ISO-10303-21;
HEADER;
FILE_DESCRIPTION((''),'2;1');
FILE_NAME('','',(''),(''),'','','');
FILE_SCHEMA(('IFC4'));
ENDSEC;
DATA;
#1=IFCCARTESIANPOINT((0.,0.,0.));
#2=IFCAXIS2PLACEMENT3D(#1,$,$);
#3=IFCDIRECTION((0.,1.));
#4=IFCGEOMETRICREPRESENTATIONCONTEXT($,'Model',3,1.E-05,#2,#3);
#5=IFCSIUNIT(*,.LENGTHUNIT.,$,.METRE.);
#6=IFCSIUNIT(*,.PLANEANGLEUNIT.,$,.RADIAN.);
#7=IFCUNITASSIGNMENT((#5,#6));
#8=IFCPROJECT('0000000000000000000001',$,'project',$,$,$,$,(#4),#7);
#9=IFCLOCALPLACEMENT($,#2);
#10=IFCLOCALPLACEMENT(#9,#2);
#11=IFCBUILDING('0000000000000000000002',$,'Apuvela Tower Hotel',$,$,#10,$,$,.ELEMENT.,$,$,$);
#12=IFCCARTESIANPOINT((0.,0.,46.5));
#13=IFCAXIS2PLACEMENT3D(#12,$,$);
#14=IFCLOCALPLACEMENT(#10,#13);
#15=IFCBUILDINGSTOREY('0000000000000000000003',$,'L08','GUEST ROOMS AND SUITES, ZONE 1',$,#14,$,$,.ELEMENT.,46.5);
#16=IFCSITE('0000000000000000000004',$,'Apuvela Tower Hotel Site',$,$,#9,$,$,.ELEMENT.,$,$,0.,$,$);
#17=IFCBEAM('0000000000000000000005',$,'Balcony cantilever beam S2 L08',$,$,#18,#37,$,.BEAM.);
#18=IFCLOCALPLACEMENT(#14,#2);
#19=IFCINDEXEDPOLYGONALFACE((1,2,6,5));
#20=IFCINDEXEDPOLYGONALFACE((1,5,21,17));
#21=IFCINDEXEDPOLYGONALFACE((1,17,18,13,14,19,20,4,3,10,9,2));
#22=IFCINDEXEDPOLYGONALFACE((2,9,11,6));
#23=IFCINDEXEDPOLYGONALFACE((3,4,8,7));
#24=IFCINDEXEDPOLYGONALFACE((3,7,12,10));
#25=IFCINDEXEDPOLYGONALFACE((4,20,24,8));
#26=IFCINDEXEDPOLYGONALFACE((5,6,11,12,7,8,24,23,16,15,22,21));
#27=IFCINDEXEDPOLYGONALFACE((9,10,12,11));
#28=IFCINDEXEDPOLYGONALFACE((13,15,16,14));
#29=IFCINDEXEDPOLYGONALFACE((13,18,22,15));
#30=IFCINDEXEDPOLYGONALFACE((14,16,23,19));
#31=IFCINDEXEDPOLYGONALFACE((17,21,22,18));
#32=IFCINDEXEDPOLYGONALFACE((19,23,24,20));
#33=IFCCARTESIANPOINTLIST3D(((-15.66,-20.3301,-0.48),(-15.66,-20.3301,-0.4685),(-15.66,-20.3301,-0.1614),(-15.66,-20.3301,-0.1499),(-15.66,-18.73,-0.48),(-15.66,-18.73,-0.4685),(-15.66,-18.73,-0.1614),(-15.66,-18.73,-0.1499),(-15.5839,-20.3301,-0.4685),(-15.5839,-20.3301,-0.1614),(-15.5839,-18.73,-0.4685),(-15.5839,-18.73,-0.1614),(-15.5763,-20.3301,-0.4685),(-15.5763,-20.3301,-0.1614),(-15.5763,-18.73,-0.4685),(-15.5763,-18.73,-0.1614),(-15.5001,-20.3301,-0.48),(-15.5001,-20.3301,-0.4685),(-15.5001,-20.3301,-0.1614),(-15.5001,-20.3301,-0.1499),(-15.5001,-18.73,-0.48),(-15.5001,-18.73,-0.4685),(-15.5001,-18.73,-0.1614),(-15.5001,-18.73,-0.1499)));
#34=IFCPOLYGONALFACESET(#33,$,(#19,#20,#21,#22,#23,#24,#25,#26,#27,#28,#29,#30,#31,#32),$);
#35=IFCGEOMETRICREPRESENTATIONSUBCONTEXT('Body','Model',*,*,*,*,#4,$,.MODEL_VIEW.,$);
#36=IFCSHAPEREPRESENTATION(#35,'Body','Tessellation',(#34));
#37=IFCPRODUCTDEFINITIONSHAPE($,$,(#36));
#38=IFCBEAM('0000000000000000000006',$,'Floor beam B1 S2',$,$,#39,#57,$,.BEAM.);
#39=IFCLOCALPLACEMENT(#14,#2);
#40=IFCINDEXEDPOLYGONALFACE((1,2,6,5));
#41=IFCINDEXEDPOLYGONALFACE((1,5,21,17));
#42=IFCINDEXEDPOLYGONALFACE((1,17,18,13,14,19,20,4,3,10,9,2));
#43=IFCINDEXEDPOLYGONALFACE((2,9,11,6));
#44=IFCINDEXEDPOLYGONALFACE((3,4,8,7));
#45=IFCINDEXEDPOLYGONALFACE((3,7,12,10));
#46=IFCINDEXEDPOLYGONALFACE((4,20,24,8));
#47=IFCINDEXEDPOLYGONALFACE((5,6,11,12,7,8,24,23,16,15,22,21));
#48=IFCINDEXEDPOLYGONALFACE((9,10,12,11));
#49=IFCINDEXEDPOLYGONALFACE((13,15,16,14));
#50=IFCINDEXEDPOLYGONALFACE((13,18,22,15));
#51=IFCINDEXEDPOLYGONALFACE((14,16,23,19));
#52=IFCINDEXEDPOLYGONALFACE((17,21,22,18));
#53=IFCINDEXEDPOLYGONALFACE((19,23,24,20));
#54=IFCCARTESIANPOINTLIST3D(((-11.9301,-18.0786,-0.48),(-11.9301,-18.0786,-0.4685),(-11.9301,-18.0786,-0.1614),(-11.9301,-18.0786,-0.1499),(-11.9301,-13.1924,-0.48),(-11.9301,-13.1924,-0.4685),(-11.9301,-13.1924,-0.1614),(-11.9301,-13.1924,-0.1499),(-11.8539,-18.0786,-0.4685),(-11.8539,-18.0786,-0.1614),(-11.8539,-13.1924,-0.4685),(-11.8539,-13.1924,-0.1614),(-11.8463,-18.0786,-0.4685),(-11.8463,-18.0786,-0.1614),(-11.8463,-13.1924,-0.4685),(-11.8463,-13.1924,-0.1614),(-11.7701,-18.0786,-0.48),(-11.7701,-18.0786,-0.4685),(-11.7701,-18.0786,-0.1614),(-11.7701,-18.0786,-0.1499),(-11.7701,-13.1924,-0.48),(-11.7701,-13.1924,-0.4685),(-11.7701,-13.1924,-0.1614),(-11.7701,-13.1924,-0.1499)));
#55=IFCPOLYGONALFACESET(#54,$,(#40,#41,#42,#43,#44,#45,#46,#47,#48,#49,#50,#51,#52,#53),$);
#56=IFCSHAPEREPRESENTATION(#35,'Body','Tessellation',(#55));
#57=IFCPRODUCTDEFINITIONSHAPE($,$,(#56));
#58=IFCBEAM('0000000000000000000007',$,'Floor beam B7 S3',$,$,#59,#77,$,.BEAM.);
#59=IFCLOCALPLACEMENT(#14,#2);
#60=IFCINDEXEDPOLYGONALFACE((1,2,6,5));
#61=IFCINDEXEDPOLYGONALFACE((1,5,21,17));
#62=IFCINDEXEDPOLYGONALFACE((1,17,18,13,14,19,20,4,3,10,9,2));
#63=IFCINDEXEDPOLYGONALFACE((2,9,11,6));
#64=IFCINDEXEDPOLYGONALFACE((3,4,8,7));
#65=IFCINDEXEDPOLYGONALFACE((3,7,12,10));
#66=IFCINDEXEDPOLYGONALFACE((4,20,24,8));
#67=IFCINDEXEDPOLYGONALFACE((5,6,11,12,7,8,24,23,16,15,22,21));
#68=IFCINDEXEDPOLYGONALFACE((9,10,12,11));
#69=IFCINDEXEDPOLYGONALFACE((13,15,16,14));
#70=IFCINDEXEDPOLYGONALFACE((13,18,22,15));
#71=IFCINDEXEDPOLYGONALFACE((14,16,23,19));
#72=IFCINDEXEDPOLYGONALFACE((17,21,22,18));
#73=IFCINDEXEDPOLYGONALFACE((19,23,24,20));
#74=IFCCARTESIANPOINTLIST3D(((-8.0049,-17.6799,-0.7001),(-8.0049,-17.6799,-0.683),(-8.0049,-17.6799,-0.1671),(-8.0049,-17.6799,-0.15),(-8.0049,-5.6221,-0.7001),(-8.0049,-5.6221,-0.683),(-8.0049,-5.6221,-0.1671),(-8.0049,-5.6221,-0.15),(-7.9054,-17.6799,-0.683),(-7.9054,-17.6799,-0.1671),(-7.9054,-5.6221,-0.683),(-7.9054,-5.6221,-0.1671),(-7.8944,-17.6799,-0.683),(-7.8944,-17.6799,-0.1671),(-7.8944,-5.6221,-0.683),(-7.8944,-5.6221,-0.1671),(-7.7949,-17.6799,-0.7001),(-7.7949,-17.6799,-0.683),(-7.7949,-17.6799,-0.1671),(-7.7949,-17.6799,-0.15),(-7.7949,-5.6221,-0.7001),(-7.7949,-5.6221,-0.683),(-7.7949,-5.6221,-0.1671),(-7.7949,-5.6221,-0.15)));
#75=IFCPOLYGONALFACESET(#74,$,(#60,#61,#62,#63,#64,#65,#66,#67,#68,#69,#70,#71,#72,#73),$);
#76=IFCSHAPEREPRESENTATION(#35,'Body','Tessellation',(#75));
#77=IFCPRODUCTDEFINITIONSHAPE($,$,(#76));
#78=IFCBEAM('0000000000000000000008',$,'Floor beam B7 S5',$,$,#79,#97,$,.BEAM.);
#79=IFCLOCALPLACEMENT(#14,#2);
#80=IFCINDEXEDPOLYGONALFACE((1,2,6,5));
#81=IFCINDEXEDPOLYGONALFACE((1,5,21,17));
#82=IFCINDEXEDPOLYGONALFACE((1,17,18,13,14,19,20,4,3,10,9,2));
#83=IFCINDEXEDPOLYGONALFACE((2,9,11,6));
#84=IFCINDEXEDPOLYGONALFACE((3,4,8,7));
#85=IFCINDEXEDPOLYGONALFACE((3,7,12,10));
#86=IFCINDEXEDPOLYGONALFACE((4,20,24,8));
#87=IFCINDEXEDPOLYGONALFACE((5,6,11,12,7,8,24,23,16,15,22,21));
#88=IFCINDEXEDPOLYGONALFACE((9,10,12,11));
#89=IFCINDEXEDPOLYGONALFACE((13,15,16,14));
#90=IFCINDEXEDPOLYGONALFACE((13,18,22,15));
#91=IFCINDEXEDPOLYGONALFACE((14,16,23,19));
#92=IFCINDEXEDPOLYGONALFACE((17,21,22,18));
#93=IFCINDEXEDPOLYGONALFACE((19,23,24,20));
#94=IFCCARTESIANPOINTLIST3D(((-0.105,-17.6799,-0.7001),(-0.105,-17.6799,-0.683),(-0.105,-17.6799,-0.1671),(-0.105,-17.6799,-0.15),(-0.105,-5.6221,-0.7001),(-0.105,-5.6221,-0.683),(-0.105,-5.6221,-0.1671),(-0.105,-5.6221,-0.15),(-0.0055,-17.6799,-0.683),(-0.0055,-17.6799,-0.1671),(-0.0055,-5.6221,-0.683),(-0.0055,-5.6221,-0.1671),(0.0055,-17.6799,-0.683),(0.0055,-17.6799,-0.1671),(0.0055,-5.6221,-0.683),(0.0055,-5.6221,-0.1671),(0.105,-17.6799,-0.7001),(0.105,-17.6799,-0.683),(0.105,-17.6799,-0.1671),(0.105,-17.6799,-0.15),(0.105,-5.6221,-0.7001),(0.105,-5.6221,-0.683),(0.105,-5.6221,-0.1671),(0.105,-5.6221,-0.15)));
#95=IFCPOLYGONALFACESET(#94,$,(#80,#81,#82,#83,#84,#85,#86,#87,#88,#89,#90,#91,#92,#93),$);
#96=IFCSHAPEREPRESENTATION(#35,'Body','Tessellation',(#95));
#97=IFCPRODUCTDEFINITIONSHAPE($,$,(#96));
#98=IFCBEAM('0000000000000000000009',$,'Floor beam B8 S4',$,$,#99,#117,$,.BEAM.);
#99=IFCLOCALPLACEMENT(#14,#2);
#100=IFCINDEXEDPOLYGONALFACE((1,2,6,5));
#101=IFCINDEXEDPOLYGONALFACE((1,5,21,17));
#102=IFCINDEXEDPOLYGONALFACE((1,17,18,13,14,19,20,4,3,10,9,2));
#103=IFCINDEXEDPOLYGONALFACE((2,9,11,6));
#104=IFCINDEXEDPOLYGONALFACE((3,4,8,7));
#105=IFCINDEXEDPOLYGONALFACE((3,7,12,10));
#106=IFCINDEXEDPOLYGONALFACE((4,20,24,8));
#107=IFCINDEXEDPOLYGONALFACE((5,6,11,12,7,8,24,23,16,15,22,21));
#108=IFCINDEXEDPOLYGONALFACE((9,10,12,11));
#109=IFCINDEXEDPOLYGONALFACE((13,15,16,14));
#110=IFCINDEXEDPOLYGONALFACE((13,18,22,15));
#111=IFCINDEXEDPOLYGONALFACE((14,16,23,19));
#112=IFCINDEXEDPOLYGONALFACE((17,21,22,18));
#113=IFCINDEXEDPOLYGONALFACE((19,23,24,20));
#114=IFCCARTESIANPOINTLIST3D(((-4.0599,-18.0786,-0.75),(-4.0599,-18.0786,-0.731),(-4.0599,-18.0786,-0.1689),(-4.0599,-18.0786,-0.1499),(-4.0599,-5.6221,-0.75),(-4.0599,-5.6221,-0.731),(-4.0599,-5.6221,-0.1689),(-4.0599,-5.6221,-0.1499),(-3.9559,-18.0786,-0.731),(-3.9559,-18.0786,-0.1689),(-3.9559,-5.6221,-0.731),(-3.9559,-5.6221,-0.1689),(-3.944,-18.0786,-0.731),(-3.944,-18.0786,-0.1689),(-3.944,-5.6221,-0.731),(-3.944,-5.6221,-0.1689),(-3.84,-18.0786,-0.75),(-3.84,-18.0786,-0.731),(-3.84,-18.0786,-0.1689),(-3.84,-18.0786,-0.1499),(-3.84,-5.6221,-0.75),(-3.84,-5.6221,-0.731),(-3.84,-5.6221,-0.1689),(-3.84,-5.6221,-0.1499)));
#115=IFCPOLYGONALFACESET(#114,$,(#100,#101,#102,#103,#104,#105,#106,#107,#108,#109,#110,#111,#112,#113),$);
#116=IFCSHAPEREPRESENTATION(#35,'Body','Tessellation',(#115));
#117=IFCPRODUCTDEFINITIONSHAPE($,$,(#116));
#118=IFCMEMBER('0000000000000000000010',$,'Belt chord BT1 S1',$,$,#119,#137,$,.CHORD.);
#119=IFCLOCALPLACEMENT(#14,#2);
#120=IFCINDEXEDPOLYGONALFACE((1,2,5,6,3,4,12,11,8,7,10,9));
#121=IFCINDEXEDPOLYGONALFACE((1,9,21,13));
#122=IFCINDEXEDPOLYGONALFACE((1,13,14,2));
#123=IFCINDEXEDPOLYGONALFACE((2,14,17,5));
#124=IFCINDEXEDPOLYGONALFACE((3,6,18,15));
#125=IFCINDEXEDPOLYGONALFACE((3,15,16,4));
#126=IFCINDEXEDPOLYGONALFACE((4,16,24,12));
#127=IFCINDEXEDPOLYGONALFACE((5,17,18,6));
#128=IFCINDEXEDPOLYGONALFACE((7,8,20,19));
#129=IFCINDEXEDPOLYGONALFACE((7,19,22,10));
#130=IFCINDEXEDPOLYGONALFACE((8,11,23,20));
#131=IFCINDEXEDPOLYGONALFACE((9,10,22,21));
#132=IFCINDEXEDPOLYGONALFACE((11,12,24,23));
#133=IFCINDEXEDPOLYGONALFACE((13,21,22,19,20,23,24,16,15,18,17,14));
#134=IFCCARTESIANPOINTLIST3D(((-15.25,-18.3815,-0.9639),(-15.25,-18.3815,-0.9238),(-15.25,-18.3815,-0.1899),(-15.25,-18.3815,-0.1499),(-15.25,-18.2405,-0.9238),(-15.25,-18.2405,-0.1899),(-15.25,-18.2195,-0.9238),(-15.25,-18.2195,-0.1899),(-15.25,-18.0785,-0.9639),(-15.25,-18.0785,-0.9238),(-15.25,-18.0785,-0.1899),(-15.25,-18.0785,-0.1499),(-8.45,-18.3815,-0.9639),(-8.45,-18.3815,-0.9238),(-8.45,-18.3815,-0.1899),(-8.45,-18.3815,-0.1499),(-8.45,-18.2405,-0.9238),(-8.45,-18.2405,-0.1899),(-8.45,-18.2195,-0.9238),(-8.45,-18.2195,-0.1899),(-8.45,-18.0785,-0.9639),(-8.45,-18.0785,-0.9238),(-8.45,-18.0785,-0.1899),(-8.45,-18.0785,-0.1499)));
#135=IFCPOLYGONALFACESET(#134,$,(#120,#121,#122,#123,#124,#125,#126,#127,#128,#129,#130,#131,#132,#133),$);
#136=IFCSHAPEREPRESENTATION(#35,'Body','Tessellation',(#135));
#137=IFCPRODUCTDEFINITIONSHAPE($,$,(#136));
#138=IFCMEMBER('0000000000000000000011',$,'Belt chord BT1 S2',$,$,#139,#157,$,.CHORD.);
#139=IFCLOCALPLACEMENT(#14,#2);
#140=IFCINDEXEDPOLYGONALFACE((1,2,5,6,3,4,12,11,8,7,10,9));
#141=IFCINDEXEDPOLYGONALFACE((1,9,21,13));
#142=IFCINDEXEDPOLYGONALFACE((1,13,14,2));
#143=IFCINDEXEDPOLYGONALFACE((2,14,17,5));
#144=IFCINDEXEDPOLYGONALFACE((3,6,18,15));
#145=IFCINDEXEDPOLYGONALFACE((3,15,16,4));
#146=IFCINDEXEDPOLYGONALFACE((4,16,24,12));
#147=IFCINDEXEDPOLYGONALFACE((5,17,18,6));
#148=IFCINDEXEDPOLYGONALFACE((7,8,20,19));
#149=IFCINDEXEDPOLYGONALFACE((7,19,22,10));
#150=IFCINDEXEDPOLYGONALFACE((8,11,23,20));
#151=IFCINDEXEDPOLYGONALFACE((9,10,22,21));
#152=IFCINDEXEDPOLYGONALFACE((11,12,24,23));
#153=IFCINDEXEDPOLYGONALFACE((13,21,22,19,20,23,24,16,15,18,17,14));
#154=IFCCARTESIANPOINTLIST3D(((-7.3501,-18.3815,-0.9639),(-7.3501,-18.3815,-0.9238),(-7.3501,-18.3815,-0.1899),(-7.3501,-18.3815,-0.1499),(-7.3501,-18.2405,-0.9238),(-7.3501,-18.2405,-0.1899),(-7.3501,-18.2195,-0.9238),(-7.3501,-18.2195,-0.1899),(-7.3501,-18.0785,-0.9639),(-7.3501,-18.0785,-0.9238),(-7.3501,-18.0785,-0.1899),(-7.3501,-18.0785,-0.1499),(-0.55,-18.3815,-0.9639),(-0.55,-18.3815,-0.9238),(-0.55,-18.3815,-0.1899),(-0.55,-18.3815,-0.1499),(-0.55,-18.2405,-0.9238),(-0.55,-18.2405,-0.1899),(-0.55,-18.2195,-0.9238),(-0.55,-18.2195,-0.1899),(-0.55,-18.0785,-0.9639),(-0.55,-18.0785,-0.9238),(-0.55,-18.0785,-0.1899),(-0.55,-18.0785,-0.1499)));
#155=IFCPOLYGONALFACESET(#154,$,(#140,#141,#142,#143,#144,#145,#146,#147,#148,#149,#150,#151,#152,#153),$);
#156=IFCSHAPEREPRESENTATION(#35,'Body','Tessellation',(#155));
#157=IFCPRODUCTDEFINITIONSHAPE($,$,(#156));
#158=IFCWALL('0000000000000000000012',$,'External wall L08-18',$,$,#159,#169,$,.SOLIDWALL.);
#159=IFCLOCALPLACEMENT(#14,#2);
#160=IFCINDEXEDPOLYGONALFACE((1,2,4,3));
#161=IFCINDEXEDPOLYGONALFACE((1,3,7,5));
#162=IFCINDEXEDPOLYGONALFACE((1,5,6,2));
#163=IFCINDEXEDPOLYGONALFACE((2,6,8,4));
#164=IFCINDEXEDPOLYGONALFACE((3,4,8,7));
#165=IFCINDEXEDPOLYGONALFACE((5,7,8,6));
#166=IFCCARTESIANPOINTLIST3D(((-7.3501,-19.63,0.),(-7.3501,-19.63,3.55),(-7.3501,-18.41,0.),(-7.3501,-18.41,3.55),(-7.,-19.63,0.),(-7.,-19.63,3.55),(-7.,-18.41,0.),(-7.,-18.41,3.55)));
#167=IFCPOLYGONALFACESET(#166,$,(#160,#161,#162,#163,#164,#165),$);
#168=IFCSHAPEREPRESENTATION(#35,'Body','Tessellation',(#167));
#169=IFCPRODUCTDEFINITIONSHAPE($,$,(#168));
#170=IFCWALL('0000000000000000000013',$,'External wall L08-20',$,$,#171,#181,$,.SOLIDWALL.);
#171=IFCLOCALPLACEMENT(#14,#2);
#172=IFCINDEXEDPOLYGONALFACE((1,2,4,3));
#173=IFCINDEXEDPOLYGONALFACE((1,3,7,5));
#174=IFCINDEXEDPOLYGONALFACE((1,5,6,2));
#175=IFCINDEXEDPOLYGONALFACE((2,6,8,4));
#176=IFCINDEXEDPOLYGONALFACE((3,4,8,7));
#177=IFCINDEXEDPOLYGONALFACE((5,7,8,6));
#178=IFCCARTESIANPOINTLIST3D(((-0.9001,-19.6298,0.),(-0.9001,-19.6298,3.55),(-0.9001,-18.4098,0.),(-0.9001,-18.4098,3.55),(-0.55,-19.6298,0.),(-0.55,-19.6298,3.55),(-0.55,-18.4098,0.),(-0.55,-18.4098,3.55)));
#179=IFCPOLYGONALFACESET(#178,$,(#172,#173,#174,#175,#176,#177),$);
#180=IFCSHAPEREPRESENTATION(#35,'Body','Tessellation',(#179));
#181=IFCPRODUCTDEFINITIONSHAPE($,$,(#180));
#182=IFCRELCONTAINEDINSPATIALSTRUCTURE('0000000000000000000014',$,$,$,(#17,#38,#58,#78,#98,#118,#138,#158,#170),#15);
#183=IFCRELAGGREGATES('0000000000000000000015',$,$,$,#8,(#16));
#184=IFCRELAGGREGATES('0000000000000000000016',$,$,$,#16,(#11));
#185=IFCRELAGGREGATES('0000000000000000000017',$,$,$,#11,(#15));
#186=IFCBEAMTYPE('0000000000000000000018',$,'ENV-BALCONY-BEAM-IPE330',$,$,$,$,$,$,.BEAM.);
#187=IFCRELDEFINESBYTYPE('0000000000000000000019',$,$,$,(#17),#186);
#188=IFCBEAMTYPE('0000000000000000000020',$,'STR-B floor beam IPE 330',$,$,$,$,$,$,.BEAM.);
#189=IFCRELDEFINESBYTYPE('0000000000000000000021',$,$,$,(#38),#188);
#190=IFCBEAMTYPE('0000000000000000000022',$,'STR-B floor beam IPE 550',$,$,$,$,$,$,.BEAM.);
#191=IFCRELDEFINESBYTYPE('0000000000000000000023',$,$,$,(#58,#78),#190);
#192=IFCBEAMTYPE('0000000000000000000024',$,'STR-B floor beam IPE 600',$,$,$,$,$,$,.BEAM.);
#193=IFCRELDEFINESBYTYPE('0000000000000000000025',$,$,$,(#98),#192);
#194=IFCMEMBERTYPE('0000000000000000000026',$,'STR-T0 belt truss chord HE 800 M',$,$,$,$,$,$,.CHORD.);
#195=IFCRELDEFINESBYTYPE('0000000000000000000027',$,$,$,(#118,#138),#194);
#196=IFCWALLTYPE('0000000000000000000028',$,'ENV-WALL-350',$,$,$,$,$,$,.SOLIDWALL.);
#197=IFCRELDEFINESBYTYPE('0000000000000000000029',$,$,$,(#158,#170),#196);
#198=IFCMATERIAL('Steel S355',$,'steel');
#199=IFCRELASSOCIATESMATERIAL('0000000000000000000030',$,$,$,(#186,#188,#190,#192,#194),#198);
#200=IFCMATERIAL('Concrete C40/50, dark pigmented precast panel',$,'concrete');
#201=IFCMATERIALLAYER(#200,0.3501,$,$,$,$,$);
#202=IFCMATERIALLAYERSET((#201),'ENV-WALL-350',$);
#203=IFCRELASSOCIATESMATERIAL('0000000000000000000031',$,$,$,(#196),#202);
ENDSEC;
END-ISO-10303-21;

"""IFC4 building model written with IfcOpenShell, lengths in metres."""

from ifc_helpers import new_model, si_unit, direction, frame, frame_2d, origin, origin_2d, place, context, subcontext, project, spatial, rectangle, i_section, extrude, material, layer, layer_set, material_profile, profile_set, type_object, element, save


model = new_model("IFC4")

# Units and contexts
model_context = context("Model", 3, precision=1e-05, world=origin(), true_north=direction((0.0, 1.0)))
body_context = subcontext(model_context, "Body", "Model", "MODEL_VIEW")
ifc_project = project(units=[si_unit("LENGTHUNIT", "METRE"), si_unit("PLANEANGLEUNIT", "RADIAN")], contexts=[model_context])

# Site, building, storey
site_placement = place(None, origin())
site = spatial("IfcSite", under=ifc_project, at=site_placement, Name="Apuvela Tower Hotel Site", CompositionType="ELEMENT", RefElevation=0.0)
building_placement = place(site_placement, origin())
building = spatial("IfcBuilding", under=site, at=building_placement, Name="Apuvela Tower Hotel", CompositionType="ELEMENT")
storey_placement = place(building_placement, frame((0.0, 0.0, 46.5)))
storey = spatial("IfcBuildingStorey", under=building, at=storey_placement, Name="L08", Description="GUEST ROOMS AND SUITES, ZONE 1", CompositionType="ELEMENT", Elevation=46.5)

# Beams
ifc_material_1 = material(Name="Steel S355", Category="steel")
ifc_material_profile_1 = material_profile(ifc_material_1, i_section(OverallWidth=0.1599, OverallDepth=0.3301, WebThickness=0.0076, FlangeThickness=0.0115, at=origin_2d()), Name="IPE 330")
ifc_profile_set_1 = profile_set([ifc_material_profile_1], Name="Steel S355")
beam_type_1 = type_object("IfcBeamType", Name="ENV-BALCONY-BEAM-IPE330", PredefinedType="BEAM", material=ifc_profile_set_1)
beam_1_placement = place(storey_placement, frame((-15.5801, -18.73, -0.3149), z_axis=(0.0, -1.0, 0.0), x_axis=(1.0, 0.0, 0.0)))
element("IfcBeam", 1, at=beam_1_placement, inside=storey, type_object=beam_type_1, Name="Balcony cantilever beam S2 L08", PredefinedType="BEAM", context=body_context, shape_type="SweptSolid", body=[
    extrude(i_section(OverallWidth=0.1599, OverallDepth=0.3301, WebThickness=0.0076, FlangeThickness=0.0115, at=origin_2d()), origin(), (0.0, 0.0, 1.0), 1.6001),
])
ifc_material_profile_2 = material_profile(ifc_material_1, i_section(OverallWidth=0.1599, OverallDepth=0.3301, WebThickness=0.0076, FlangeThickness=0.0115, at=origin_2d()), Name="IPE 330")
ifc_profile_set_2 = profile_set([ifc_material_profile_2], Name="Steel S355")
beam_type_2 = type_object("IfcBeamType", Name="STR-B floor beam IPE 330", PredefinedType="BEAM", material=ifc_profile_set_2)
beam_2_placement = place(storey_placement, frame((-11.8501, -18.0786, -0.3149), z_axis=(0.0, 1.0, 0.0), x_axis=(-1.0, 0.0, 0.0)))
element("IfcBeam", 2, at=beam_2_placement, inside=storey, type_object=beam_type_2, Name="Floor beam B1 S2", PredefinedType="BEAM", context=body_context, shape_type="SweptSolid", body=[
    extrude(i_section(OverallWidth=0.1599, OverallDepth=0.3301, WebThickness=0.0076, FlangeThickness=0.0115, at=origin_2d()), origin(), (0.0, 0.0, 1.0), 4.8862),
])
ifc_material_profile_3 = material_profile(ifc_material_1, i_section(OverallWidth=0.21, OverallDepth=0.55, WebThickness=0.011, FlangeThickness=0.0171, at=origin_2d()), Name="IPE 550")
ifc_profile_set_3 = profile_set([ifc_material_profile_3], Name="Steel S355")
beam_type_3 = type_object("IfcBeamType", Name="STR-B floor beam IPE 550", PredefinedType="BEAM", material=ifc_profile_set_3)
for number, where, z_axis, x_axis, name in (
    (3, (-7.8999, -17.6799, -0.425), (0.0, 1.0, 0.0), (-1.0, 0.0, 0.0), "Floor beam B7 S3"),
    (4, (0.0, -17.6799, -0.425), (0.0, 1.0, 0.0), (-1.0, 0.0, 0.0), "Floor beam B7 S5"),
):
    element("IfcBeam", number, at=place(storey_placement, frame(where, z_axis=z_axis, x_axis=x_axis)), inside=storey, type_object=beam_type_3, Name=name, PredefinedType="BEAM", context=body_context, shape_type="SweptSolid", body=[
        extrude(i_section(OverallWidth=0.21, OverallDepth=0.55, WebThickness=0.011, FlangeThickness=0.0171, at=origin_2d()), origin(), (0.0, 0.0, 1.0), 12.0579),
    ])
ifc_material_profile_4 = material_profile(ifc_material_1, i_section(OverallWidth=0.22, OverallDepth=0.6001, WebThickness=0.012, FlangeThickness=0.019, at=origin_2d()), Name="IPE 600")
ifc_profile_set_4 = profile_set([ifc_material_profile_4], Name="Steel S355")
beam_type_4 = type_object("IfcBeamType", Name="STR-B floor beam IPE 600", PredefinedType="BEAM", material=ifc_profile_set_4)
beam_3_placement = place(storey_placement, frame((-3.95, -18.0786, -0.45), z_axis=(0.0, 1.0, 0.0), x_axis=(-1.0, 0.0, 0.0)))
element("IfcBeam", 5, at=beam_3_placement, inside=storey, type_object=beam_type_4, Name="Floor beam B8 S4", PredefinedType="BEAM", context=body_context, shape_type="SweptSolid", body=[
    extrude(i_section(OverallWidth=0.22, OverallDepth=0.6001, WebThickness=0.012, FlangeThickness=0.019, at=origin_2d()), origin(), (0.0, 0.0, 1.0), 12.4565),
])

# Members
ifc_material_profile_5 = material_profile(ifc_material_1, i_section(OverallWidth=0.303, OverallDepth=0.814, WebThickness=0.021, FlangeThickness=0.04, at=origin_2d()), Name="HE 800 M")
ifc_profile_set_5 = profile_set([ifc_material_profile_5], Name="Steel S355")
member_type = type_object("IfcMemberType", Name="STR-T0 belt truss chord HE 800 M", PredefinedType="CHORD", material=ifc_profile_set_5)
for number, where, z_axis, x_axis, name in (
    (6, (-15.25, -18.23, -0.5569), (1.0, 0.0, 0.0), (0.0, 1.0, 0.0), "Belt chord BT1 S1"),
    (7, (-7.3501, -18.23, -0.5569), (1.0, 0.0, 0.0), (0.0, 1.0, 0.0), "Belt chord BT1 S2"),
):
    element("IfcMember", number, at=place(storey_placement, frame(where, z_axis=z_axis, x_axis=x_axis)), inside=storey, type_object=member_type, Name=name, PredefinedType="CHORD", context=body_context, shape_type="SweptSolid", body=[
        extrude(i_section(OverallWidth=0.303, OverallDepth=0.814, WebThickness=0.021, FlangeThickness=0.04, at=origin_2d()), origin(), (0.0, 0.0, 1.0), 6.8),
    ])

# Wall
ifc_material_2 = material(Name="Concrete C40/50, dark pigmented precast panel", Category="concrete")
ifc_layer_1 = layer(ifc_material_2, 0.3501)
ifc_layer_set_1 = layer_set([ifc_layer_1], Name="ENV-WALL-350")
wall_type_1 = type_object("IfcWallType", Name="ENV-WALL-350", PredefinedType="SOLIDWALL", material=ifc_layer_set_1)
wall_1_placement = place(storey_placement, frame((-7.175, -19.6299, 0.0), z_axis=(0.0, 0.0, 1.0), x_axis=(0.0, 1.0, 0.0)))
element("IfcWall", 8, at=wall_1_placement, inside=storey, type_object=wall_type_1, Name="External wall L08-18", PredefinedType="SOLIDWALL", context=body_context, shape_type="SweptSolid", body=[
    extrude(rectangle(XDim=1.22, YDim=0.3501, at=frame_2d((0.6099, 0.0))), origin(), (0.0, 0.0, 1.0), 3.55),
])

# Wall
wall_2_placement = place(storey_placement, frame((-0.7251, -18.4099, 0.0), z_axis=(0.0, 0.0, 1.0), x_axis=(0.0, -1.0, 0.0)))
element("IfcWall", 9, at=wall_2_placement, inside=storey, type_object=wall_type_1, Name="External wall L08-20", PredefinedType="SOLIDWALL", context=body_context, shape_type="SweptSolid", body=[
    extrude(rectangle(XDim=1.22, YDim=0.3501, at=frame_2d((0.6099, 0.0))), origin(), (0.0, 0.0, 1.0), 3.55),
])

save(model, "model.ifc")
